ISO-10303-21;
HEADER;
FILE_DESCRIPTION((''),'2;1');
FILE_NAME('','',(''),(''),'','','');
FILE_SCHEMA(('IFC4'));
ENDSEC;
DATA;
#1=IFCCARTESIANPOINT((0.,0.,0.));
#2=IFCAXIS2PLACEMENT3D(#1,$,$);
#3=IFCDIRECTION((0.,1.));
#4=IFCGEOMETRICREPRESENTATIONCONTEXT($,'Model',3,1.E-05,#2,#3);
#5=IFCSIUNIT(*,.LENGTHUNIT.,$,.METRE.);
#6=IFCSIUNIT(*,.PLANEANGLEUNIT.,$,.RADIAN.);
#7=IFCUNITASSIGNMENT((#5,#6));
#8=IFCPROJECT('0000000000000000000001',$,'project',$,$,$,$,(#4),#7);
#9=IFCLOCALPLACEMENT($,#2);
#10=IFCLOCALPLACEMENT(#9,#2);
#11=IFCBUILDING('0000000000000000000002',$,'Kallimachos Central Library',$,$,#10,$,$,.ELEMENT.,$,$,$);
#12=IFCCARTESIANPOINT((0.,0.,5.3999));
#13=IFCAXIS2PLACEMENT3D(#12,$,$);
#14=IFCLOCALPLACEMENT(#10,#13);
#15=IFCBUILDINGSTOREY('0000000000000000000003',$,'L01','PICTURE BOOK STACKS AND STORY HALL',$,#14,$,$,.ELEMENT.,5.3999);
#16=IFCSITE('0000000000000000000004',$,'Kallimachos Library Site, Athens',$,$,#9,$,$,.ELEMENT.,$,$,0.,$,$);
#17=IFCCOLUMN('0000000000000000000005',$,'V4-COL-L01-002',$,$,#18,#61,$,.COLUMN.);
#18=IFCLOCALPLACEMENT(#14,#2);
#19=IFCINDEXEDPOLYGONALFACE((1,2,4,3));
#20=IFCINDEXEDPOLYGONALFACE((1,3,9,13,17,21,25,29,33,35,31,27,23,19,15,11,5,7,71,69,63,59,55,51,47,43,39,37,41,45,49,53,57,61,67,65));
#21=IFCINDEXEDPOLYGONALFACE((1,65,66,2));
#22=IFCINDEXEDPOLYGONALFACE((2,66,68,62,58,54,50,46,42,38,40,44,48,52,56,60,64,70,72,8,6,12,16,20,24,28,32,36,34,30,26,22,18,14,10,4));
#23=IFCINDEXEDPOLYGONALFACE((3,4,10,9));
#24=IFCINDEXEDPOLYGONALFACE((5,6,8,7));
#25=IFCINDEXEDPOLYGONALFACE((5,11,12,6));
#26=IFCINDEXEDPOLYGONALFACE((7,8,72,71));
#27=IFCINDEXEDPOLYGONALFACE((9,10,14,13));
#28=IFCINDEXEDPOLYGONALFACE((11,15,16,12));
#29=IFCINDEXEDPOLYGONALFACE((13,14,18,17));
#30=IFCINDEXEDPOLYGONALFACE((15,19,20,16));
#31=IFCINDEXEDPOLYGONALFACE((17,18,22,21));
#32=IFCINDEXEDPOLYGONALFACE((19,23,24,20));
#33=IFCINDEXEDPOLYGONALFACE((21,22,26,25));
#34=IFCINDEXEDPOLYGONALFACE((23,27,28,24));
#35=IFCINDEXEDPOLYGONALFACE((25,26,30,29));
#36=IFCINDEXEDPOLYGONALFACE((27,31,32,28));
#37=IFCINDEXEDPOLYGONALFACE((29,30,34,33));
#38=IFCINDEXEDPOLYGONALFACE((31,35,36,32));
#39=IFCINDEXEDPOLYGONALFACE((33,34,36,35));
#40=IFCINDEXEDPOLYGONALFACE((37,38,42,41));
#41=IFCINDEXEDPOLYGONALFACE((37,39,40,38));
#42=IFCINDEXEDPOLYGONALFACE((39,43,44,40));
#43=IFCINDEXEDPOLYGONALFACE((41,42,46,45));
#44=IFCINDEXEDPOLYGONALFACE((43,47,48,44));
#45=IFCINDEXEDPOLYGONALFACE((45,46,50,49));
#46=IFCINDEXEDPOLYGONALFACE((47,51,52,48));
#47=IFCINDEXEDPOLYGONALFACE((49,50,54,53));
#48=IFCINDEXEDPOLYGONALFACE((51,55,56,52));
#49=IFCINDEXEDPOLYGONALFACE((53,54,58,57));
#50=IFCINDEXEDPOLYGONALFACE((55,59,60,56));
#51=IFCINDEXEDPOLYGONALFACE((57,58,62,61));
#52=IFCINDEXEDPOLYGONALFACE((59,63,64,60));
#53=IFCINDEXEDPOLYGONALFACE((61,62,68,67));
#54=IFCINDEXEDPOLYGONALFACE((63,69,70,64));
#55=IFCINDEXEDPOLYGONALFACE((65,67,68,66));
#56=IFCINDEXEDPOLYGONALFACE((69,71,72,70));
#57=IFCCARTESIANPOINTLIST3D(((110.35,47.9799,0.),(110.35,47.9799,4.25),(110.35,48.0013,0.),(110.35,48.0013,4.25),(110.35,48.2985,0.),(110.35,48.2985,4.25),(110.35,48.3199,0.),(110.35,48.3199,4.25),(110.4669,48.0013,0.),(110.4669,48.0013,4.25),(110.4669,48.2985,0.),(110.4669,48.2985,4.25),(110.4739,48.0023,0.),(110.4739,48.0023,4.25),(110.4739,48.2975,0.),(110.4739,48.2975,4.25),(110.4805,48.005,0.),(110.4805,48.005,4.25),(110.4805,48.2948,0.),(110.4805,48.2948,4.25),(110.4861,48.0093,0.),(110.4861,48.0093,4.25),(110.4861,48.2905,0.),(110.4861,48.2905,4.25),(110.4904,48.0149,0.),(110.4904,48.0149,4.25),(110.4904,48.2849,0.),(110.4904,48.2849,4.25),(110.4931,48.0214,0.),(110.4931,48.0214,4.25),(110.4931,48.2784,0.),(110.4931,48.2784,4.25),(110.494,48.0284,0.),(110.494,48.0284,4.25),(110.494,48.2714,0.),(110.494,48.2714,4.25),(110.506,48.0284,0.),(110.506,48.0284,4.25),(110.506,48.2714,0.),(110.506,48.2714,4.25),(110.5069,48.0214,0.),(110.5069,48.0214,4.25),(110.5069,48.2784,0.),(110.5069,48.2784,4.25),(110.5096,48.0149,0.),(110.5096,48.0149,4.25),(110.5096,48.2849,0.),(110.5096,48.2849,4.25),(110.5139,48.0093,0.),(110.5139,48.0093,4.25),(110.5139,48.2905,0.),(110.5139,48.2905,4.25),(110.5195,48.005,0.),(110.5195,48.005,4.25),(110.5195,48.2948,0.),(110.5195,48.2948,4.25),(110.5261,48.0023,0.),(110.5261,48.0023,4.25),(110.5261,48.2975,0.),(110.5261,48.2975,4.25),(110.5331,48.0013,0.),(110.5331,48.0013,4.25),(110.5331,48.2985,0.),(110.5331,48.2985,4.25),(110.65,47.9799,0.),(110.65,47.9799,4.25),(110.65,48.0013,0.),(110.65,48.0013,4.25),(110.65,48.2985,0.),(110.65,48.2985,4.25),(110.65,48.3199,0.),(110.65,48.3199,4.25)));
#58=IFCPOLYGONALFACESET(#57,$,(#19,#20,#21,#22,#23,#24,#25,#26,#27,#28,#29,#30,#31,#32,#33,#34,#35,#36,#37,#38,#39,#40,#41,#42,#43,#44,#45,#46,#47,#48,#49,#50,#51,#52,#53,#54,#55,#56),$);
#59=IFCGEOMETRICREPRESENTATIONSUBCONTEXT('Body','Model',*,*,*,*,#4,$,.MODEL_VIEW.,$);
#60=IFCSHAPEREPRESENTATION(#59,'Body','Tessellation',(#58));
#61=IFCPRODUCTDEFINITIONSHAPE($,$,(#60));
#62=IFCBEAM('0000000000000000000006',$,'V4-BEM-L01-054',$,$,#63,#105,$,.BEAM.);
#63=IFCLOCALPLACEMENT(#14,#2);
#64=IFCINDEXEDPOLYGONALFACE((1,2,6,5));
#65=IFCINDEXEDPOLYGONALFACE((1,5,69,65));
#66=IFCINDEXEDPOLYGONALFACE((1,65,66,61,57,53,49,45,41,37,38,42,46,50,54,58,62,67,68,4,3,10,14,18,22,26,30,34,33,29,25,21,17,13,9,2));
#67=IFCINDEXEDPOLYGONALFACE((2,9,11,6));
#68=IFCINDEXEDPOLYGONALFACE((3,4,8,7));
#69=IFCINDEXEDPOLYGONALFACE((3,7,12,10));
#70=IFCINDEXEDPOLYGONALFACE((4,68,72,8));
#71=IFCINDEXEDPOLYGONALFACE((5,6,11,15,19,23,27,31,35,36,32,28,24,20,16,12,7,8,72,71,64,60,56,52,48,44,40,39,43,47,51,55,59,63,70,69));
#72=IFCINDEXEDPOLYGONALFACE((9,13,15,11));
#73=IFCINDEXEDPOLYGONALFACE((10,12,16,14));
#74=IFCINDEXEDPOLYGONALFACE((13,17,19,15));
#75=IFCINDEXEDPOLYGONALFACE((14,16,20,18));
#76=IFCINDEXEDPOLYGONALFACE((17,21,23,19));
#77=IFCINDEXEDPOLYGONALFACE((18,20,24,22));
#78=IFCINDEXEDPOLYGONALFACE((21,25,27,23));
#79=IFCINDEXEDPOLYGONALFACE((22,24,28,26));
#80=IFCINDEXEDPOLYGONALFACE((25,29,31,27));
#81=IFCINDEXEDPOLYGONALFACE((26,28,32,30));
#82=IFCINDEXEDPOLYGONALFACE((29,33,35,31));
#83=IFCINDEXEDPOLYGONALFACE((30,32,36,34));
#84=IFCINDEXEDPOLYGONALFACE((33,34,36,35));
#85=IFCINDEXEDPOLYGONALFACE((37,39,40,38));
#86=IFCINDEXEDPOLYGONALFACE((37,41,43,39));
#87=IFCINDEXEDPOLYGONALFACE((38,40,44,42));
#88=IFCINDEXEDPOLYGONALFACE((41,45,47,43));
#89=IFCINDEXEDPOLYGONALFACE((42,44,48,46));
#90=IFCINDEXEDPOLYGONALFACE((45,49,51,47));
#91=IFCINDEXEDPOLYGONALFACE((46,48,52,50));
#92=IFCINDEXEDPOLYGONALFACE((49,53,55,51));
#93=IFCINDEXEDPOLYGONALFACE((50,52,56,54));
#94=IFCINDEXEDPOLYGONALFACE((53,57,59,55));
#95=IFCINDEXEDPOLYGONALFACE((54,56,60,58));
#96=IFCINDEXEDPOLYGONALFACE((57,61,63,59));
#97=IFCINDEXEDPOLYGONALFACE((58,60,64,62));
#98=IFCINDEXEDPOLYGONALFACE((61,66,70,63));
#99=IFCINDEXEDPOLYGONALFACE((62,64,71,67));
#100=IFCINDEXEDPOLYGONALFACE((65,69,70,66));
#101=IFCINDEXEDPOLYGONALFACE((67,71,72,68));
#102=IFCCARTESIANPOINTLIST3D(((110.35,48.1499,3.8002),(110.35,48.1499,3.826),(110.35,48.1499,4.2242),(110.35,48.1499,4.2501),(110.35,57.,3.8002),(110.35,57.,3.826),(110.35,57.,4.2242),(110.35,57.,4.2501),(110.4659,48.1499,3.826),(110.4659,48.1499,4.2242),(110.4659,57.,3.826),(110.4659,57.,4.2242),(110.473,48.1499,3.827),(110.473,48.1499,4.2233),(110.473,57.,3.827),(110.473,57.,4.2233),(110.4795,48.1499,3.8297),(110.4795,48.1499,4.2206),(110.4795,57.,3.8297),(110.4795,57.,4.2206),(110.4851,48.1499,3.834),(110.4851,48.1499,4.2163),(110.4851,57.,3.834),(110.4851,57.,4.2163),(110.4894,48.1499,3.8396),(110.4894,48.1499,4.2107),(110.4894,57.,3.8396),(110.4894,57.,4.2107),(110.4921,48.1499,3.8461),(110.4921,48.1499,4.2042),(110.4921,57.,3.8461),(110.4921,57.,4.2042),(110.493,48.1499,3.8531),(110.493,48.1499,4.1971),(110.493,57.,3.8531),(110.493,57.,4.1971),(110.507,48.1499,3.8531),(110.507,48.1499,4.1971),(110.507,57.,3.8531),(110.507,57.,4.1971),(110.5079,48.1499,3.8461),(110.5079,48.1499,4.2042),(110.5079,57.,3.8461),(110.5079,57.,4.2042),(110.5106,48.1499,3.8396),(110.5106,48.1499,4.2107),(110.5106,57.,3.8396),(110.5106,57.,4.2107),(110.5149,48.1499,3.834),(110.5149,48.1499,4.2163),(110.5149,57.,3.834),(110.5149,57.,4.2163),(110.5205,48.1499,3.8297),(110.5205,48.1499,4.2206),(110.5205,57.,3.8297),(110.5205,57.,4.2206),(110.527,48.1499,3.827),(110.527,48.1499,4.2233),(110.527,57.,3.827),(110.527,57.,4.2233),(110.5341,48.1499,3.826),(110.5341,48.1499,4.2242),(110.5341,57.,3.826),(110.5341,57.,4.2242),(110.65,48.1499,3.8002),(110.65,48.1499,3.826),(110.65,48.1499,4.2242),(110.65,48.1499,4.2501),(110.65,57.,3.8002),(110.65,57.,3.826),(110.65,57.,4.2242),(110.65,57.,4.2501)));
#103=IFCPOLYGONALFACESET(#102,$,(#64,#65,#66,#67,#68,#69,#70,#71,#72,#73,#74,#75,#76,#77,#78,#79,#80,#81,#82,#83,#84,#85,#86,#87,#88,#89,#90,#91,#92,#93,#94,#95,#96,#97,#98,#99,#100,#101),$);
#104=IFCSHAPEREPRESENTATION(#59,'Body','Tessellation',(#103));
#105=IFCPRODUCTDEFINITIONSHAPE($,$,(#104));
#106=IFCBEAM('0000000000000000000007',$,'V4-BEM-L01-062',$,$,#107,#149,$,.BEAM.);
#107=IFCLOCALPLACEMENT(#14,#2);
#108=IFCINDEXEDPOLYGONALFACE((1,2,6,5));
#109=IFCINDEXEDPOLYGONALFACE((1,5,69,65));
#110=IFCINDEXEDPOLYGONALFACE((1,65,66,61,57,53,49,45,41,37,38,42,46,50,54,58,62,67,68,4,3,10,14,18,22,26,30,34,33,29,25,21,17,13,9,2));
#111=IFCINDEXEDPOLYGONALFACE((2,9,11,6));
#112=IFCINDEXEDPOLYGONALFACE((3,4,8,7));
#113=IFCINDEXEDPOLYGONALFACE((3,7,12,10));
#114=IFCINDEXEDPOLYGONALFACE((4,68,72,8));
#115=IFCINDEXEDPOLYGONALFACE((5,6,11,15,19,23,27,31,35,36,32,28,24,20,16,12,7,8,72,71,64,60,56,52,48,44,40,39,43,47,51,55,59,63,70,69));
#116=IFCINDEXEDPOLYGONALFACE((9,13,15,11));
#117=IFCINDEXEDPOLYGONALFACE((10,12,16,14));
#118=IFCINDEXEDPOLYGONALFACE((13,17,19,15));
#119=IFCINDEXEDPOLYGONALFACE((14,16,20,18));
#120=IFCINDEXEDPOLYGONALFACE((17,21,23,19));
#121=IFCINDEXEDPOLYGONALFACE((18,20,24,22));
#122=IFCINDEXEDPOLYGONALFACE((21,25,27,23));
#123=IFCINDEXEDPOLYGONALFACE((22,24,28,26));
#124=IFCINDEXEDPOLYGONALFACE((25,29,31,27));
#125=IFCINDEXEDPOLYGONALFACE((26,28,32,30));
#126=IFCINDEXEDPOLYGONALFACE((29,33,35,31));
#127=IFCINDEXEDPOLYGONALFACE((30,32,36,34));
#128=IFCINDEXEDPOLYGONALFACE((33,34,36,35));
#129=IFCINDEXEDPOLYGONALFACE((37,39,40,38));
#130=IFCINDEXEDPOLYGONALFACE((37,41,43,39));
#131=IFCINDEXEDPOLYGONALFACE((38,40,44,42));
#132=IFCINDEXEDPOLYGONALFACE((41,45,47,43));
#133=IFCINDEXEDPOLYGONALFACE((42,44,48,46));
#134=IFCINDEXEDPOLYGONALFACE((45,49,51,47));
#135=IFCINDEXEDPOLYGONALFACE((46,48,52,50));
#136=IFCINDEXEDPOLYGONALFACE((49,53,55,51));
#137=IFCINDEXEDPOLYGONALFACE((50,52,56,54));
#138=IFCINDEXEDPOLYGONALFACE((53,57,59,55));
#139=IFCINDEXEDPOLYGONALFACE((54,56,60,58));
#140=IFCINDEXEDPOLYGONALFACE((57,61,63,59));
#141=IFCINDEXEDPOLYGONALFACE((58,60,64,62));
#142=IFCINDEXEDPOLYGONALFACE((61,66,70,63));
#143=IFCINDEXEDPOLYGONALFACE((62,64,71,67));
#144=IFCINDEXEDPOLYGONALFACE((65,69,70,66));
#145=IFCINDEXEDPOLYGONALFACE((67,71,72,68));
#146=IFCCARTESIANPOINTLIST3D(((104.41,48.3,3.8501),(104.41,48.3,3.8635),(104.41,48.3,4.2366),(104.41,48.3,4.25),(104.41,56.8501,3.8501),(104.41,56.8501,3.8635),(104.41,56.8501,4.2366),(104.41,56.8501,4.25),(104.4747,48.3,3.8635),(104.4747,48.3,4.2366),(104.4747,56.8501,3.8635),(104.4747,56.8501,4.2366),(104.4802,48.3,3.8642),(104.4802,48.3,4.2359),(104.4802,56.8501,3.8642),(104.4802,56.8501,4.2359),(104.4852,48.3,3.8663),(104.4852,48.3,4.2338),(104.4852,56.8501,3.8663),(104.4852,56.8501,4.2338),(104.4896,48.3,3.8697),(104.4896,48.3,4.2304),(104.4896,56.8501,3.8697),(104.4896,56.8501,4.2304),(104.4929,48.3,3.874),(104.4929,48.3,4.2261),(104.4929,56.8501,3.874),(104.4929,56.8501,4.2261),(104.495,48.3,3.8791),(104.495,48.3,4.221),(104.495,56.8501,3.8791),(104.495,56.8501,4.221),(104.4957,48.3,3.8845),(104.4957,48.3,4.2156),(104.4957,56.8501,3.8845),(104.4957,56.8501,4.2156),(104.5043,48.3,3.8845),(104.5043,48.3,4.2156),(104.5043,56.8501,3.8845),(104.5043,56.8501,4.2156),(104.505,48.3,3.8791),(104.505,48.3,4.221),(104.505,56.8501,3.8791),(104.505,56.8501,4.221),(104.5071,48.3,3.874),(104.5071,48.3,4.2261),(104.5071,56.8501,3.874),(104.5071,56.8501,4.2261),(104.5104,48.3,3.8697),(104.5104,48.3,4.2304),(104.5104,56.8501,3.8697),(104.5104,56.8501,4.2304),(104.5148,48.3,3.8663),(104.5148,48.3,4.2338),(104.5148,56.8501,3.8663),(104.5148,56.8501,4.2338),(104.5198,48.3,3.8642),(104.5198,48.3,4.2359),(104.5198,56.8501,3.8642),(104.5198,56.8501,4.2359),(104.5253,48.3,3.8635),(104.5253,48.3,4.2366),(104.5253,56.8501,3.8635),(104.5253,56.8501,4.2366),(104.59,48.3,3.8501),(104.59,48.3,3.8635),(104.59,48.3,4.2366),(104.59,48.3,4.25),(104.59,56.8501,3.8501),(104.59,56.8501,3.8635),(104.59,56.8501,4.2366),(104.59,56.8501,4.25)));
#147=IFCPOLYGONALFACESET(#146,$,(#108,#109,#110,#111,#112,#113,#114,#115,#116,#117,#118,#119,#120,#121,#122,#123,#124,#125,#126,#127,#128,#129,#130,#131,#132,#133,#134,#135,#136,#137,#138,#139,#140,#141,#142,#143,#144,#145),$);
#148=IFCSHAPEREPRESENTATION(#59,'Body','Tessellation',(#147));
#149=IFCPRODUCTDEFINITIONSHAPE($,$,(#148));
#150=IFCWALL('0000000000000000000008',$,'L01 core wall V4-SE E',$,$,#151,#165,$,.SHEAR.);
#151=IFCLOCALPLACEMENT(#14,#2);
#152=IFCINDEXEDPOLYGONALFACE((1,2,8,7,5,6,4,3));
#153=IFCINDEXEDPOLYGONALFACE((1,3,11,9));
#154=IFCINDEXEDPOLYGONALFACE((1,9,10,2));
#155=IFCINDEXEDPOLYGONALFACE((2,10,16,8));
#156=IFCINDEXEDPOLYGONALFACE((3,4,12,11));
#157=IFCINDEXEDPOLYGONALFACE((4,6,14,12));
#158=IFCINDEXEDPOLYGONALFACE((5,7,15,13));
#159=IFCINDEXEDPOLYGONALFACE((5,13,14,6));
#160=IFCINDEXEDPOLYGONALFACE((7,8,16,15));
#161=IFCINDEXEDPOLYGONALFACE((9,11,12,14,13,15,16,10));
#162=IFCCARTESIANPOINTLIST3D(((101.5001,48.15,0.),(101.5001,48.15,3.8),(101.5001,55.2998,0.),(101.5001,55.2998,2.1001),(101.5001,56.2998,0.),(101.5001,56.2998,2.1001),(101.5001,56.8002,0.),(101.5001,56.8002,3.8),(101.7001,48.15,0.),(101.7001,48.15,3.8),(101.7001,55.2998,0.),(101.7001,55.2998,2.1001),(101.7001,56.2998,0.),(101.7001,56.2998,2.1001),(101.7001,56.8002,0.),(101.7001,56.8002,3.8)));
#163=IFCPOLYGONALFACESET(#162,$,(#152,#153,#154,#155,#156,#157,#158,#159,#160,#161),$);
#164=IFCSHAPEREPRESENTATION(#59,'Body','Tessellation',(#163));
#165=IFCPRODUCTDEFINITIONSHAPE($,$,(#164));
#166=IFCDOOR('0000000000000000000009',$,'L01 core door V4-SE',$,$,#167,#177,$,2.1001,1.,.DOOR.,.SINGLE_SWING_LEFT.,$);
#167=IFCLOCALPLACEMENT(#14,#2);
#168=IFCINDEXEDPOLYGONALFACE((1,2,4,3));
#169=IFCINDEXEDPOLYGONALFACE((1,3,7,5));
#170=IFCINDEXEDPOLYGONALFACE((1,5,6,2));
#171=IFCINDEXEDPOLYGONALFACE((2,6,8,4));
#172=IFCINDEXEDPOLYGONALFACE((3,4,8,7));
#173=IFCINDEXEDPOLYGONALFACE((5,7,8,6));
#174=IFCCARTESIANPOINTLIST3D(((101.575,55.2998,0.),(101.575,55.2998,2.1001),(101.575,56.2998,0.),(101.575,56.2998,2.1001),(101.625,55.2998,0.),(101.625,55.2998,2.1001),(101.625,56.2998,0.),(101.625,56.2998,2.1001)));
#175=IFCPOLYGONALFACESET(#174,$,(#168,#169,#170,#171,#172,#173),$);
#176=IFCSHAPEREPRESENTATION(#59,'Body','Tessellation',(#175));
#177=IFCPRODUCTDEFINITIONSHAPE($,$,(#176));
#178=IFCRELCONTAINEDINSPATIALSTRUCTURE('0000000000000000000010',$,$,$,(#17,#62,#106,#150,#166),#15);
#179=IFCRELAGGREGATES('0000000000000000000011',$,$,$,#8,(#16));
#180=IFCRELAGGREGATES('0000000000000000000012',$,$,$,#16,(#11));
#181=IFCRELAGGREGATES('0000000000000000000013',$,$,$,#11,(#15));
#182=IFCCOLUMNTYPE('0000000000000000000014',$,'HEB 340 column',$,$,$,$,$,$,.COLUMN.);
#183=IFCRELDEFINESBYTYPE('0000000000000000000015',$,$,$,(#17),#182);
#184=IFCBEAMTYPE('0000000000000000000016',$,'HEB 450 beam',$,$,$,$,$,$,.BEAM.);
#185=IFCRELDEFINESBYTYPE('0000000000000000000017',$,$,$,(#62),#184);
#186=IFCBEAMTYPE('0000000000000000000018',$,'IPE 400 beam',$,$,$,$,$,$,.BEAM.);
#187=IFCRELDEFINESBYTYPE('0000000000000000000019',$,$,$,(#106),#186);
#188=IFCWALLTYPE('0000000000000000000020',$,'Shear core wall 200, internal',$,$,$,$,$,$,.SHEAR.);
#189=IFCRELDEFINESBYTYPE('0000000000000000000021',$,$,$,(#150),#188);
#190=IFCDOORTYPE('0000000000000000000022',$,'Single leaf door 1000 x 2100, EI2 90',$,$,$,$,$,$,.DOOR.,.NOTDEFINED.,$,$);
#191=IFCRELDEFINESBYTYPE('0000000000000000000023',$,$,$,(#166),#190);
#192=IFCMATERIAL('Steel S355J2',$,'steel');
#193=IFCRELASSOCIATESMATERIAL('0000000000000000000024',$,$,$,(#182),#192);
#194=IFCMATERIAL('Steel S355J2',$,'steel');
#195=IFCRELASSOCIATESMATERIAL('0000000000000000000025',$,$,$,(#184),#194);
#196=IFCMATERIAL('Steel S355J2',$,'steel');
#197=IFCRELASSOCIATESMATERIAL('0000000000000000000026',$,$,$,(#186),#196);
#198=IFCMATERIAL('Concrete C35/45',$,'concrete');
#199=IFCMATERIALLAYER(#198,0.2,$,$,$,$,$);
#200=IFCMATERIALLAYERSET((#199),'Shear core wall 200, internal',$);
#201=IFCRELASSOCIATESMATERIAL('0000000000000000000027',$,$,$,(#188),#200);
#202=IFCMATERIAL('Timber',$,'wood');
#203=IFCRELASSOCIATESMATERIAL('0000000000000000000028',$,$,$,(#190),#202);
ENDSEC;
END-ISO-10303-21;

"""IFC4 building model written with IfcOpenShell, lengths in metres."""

from ifc_helpers import new_model, si_unit, direction, frame, frame_2d, origin, origin_2d, place, context, subcontext, project, spatial, rectangle, i_section, extrude, material, layer, layer_set, material_profile, profile_set, type_object, element, fill, save


model = new_model("IFC4")

# Units and contexts
model_context = context("Model", 3, precision=1e-05, world=origin(), true_north=direction((0.0, 1.0)))
body_context = subcontext(model_context, "Body", "Model", "MODEL_VIEW")
ifc_project = project(units=[si_unit("LENGTHUNIT", "METRE"), si_unit("PLANEANGLEUNIT", "RADIAN")], contexts=[model_context])

# Site, building, storey
site_placement = place(None, origin())
site = spatial("IfcSite", under=ifc_project, at=site_placement, Name="Kallimachos Library Site, Athens", CompositionType="ELEMENT", RefElevation=0.0)
building_placement = place(site_placement, origin())
building = spatial("IfcBuilding", under=site, at=building_placement, Name="Kallimachos Central Library", CompositionType="ELEMENT")
storey_placement = place(building_placement, frame((0.0, 0.0, 5.3999)))
storey = spatial("IfcBuildingStorey", under=building, at=storey_placement, Name="L01", Description="PICTURE BOOK STACKS AND STORY HALL", CompositionType="ELEMENT", Elevation=5.3999)

# Column
ifc_material_1 = material(Name="Steel S355J2", Category="steel")
ifc_material_profile_1 = material_profile(ifc_material_1, i_section(OverallWidth=0.3, OverallDepth=0.3401, WebThickness=0.012, FlangeThickness=0.0215, FilletRadius=0.0271, at=origin_2d()), Name="HEB 340")
ifc_profile_set_1 = profile_set([ifc_material_profile_1], Name="Steel S355J2")
column_type = type_object("IfcColumnType", Name="HEB 340 column", PredefinedType="COLUMN", material=ifc_profile_set_1)
column_placement = place(storey_placement, frame((110.5, 48.1499, 0.0), z_axis=(0.0, 0.0, 1.0), x_axis=(1.0, 0.0, 0.0)))
element("IfcColumn", 1, at=column_placement, inside=storey, type_object=column_type, Name="V4-COL-L01-002", PredefinedType="COLUMN", context=body_context, shape_type="SweptSolid", body=[
    extrude(i_section(OverallWidth=0.3, OverallDepth=0.3401, WebThickness=0.012, FlangeThickness=0.0215, FilletRadius=0.0271, at=origin_2d()), origin(), (0.0, 0.0, 1.0), 4.25),
])

# Beams
ifc_material_2 = material(Name="Steel S355J2", Category="steel")
ifc_material_profile_2 = material_profile(ifc_material_2, i_section(OverallWidth=0.3, OverallDepth=0.45, WebThickness=0.0139, FlangeThickness=0.0259, FilletRadius=0.0271, at=origin_2d()), Name="HEB 450")
ifc_profile_set_2 = profile_set([ifc_material_profile_2], Name="Steel S355J2")
beam_type_1 = type_object("IfcBeamType", Name="HEB 450 beam", PredefinedType="BEAM", material=ifc_profile_set_2)
beam_1_placement = place(storey_placement, frame((110.5, 48.1499, 4.0251), z_axis=(0.0, 1.0, 0.0), x_axis=(-1.0, 0.0, 0.0)))
element("IfcBeam", 2, at=beam_1_placement, inside=storey, type_object=beam_type_1, Name="V4-BEM-L01-054", PredefinedType="BEAM", context=body_context, shape_type="SweptSolid", body=[
    extrude(i_section(OverallWidth=0.3, OverallDepth=0.45, WebThickness=0.0139, FlangeThickness=0.0259, FilletRadius=0.0271, at=origin_2d()), origin(), (0.0, 0.0, 1.0), 8.8501),
])
ifc_material_3 = material(Name="Steel S355J2", Category="steel")
ifc_material_profile_3 = material_profile(ifc_material_3, i_section(OverallWidth=0.1799, OverallDepth=0.3999, WebThickness=0.0085, FlangeThickness=0.0134, FilletRadius=0.021, at=origin_2d()), Name="IPE 400")
ifc_profile_set_3 = profile_set([ifc_material_profile_3], Name="Steel S355J2")
beam_type_2 = type_object("IfcBeamType", Name="IPE 400 beam", PredefinedType="BEAM", material=ifc_profile_set_3)
beam_2_placement = place(storey_placement, frame((104.5, 48.3, 4.05), z_axis=(0.0, 1.0, 0.0), x_axis=(-1.0, 0.0, 0.0)))
element("IfcBeam", 3, at=beam_2_placement, inside=storey, type_object=beam_type_2, Name="V4-BEM-L01-062", PredefinedType="BEAM", context=body_context, shape_type="SweptSolid", body=[
    extrude(i_section(OverallWidth=0.1799, OverallDepth=0.3999, WebThickness=0.0085, FlangeThickness=0.0134, FilletRadius=0.021, at=origin_2d()), origin(), (0.0, 0.0, 1.0), 8.55),
])

# Wall, opening, door
ifc_material_4 = material(Name="Concrete C35/45", Category="concrete")
ifc_layer_1 = layer(ifc_material_4, 0.2)
ifc_layer_set_1 = layer_set([ifc_layer_1], Name="Shear core wall 200, internal")
wall_type_1 = type_object("IfcWallType", Name="Shear core wall 200, internal", PredefinedType="SHEAR", material=ifc_layer_set_1)
wall_1_placement = place(storey_placement, frame((101.6001, 48.1499, 0.0), z_axis=(0.0, 0.0, 1.0), x_axis=(0.0, 1.0, 0.0)))
wall_1 = element("IfcWall", 4, at=wall_1_placement, inside=storey, type_object=wall_type_1, Name="L01 core wall V4-SE E", PredefinedType="SHEAR", context=body_context, shape_type="SweptSolid", body=[
    extrude(rectangle(XDim=8.6501, YDim=0.2, at=frame_2d((4.3252, 0.0))), origin(), (0.0, 0.0, 1.0), 3.8),
])
opening_1_placement = place(wall_1_placement, frame((7.1499, 0.0, 0.0)))
opening_1 = element("IfcOpeningElement", 5, at=opening_1_placement, cuts=wall_1, PredefinedType="OPENING", context=body_context, shape_type="SweptSolid", body=[
    extrude(rectangle(XDim=1.0, YDim=2.1001, at=frame_2d((0.5, 1.05))), frame((0.0, 0.1099, 0.0), z_axis=(0.0, -1.0, 0.0), x_axis=(1.0, 0.0, 0.0)), (0.0, 0.0, 1.0), 0.22),
])
ifc_material_5 = material(Name="Timber", Category="wood")
door_type = type_object("IfcDoorType", Name="Single leaf door 1000 x 2100, EI2 90", OperationType="NOTDEFINED", PredefinedType="DOOR", material=ifc_material_5)
door_1_placement = place(opening_1_placement, frame((1.0, 0.0, 0.0), z_axis=(0.0, 0.0, 1.0), x_axis=(-1.0, 0.0, 0.0)))
door_1 = element("IfcDoor", 6, at=door_1_placement, inside=storey, type_object=door_type, Name="L01 core door V4-SE", OperationType="SINGLE_SWING_LEFT", OverallHeight=2.1001, OverallWidth=1.0, PredefinedType="DOOR", context=body_context, shape_type="SweptSolid", body=[
    extrude(rectangle(XDim=1.0, YDim=2.1001, at=frame_2d((0.5, 1.05))), frame((0.0, 0.0249, 0.0), z_axis=(0.0, -1.0, 0.0), x_axis=(1.0, 0.0, 0.0)), (0.0, 0.0, 1.0), 0.05),
])
fill(opening_1, door_1)

save(model, "model.ifc")
